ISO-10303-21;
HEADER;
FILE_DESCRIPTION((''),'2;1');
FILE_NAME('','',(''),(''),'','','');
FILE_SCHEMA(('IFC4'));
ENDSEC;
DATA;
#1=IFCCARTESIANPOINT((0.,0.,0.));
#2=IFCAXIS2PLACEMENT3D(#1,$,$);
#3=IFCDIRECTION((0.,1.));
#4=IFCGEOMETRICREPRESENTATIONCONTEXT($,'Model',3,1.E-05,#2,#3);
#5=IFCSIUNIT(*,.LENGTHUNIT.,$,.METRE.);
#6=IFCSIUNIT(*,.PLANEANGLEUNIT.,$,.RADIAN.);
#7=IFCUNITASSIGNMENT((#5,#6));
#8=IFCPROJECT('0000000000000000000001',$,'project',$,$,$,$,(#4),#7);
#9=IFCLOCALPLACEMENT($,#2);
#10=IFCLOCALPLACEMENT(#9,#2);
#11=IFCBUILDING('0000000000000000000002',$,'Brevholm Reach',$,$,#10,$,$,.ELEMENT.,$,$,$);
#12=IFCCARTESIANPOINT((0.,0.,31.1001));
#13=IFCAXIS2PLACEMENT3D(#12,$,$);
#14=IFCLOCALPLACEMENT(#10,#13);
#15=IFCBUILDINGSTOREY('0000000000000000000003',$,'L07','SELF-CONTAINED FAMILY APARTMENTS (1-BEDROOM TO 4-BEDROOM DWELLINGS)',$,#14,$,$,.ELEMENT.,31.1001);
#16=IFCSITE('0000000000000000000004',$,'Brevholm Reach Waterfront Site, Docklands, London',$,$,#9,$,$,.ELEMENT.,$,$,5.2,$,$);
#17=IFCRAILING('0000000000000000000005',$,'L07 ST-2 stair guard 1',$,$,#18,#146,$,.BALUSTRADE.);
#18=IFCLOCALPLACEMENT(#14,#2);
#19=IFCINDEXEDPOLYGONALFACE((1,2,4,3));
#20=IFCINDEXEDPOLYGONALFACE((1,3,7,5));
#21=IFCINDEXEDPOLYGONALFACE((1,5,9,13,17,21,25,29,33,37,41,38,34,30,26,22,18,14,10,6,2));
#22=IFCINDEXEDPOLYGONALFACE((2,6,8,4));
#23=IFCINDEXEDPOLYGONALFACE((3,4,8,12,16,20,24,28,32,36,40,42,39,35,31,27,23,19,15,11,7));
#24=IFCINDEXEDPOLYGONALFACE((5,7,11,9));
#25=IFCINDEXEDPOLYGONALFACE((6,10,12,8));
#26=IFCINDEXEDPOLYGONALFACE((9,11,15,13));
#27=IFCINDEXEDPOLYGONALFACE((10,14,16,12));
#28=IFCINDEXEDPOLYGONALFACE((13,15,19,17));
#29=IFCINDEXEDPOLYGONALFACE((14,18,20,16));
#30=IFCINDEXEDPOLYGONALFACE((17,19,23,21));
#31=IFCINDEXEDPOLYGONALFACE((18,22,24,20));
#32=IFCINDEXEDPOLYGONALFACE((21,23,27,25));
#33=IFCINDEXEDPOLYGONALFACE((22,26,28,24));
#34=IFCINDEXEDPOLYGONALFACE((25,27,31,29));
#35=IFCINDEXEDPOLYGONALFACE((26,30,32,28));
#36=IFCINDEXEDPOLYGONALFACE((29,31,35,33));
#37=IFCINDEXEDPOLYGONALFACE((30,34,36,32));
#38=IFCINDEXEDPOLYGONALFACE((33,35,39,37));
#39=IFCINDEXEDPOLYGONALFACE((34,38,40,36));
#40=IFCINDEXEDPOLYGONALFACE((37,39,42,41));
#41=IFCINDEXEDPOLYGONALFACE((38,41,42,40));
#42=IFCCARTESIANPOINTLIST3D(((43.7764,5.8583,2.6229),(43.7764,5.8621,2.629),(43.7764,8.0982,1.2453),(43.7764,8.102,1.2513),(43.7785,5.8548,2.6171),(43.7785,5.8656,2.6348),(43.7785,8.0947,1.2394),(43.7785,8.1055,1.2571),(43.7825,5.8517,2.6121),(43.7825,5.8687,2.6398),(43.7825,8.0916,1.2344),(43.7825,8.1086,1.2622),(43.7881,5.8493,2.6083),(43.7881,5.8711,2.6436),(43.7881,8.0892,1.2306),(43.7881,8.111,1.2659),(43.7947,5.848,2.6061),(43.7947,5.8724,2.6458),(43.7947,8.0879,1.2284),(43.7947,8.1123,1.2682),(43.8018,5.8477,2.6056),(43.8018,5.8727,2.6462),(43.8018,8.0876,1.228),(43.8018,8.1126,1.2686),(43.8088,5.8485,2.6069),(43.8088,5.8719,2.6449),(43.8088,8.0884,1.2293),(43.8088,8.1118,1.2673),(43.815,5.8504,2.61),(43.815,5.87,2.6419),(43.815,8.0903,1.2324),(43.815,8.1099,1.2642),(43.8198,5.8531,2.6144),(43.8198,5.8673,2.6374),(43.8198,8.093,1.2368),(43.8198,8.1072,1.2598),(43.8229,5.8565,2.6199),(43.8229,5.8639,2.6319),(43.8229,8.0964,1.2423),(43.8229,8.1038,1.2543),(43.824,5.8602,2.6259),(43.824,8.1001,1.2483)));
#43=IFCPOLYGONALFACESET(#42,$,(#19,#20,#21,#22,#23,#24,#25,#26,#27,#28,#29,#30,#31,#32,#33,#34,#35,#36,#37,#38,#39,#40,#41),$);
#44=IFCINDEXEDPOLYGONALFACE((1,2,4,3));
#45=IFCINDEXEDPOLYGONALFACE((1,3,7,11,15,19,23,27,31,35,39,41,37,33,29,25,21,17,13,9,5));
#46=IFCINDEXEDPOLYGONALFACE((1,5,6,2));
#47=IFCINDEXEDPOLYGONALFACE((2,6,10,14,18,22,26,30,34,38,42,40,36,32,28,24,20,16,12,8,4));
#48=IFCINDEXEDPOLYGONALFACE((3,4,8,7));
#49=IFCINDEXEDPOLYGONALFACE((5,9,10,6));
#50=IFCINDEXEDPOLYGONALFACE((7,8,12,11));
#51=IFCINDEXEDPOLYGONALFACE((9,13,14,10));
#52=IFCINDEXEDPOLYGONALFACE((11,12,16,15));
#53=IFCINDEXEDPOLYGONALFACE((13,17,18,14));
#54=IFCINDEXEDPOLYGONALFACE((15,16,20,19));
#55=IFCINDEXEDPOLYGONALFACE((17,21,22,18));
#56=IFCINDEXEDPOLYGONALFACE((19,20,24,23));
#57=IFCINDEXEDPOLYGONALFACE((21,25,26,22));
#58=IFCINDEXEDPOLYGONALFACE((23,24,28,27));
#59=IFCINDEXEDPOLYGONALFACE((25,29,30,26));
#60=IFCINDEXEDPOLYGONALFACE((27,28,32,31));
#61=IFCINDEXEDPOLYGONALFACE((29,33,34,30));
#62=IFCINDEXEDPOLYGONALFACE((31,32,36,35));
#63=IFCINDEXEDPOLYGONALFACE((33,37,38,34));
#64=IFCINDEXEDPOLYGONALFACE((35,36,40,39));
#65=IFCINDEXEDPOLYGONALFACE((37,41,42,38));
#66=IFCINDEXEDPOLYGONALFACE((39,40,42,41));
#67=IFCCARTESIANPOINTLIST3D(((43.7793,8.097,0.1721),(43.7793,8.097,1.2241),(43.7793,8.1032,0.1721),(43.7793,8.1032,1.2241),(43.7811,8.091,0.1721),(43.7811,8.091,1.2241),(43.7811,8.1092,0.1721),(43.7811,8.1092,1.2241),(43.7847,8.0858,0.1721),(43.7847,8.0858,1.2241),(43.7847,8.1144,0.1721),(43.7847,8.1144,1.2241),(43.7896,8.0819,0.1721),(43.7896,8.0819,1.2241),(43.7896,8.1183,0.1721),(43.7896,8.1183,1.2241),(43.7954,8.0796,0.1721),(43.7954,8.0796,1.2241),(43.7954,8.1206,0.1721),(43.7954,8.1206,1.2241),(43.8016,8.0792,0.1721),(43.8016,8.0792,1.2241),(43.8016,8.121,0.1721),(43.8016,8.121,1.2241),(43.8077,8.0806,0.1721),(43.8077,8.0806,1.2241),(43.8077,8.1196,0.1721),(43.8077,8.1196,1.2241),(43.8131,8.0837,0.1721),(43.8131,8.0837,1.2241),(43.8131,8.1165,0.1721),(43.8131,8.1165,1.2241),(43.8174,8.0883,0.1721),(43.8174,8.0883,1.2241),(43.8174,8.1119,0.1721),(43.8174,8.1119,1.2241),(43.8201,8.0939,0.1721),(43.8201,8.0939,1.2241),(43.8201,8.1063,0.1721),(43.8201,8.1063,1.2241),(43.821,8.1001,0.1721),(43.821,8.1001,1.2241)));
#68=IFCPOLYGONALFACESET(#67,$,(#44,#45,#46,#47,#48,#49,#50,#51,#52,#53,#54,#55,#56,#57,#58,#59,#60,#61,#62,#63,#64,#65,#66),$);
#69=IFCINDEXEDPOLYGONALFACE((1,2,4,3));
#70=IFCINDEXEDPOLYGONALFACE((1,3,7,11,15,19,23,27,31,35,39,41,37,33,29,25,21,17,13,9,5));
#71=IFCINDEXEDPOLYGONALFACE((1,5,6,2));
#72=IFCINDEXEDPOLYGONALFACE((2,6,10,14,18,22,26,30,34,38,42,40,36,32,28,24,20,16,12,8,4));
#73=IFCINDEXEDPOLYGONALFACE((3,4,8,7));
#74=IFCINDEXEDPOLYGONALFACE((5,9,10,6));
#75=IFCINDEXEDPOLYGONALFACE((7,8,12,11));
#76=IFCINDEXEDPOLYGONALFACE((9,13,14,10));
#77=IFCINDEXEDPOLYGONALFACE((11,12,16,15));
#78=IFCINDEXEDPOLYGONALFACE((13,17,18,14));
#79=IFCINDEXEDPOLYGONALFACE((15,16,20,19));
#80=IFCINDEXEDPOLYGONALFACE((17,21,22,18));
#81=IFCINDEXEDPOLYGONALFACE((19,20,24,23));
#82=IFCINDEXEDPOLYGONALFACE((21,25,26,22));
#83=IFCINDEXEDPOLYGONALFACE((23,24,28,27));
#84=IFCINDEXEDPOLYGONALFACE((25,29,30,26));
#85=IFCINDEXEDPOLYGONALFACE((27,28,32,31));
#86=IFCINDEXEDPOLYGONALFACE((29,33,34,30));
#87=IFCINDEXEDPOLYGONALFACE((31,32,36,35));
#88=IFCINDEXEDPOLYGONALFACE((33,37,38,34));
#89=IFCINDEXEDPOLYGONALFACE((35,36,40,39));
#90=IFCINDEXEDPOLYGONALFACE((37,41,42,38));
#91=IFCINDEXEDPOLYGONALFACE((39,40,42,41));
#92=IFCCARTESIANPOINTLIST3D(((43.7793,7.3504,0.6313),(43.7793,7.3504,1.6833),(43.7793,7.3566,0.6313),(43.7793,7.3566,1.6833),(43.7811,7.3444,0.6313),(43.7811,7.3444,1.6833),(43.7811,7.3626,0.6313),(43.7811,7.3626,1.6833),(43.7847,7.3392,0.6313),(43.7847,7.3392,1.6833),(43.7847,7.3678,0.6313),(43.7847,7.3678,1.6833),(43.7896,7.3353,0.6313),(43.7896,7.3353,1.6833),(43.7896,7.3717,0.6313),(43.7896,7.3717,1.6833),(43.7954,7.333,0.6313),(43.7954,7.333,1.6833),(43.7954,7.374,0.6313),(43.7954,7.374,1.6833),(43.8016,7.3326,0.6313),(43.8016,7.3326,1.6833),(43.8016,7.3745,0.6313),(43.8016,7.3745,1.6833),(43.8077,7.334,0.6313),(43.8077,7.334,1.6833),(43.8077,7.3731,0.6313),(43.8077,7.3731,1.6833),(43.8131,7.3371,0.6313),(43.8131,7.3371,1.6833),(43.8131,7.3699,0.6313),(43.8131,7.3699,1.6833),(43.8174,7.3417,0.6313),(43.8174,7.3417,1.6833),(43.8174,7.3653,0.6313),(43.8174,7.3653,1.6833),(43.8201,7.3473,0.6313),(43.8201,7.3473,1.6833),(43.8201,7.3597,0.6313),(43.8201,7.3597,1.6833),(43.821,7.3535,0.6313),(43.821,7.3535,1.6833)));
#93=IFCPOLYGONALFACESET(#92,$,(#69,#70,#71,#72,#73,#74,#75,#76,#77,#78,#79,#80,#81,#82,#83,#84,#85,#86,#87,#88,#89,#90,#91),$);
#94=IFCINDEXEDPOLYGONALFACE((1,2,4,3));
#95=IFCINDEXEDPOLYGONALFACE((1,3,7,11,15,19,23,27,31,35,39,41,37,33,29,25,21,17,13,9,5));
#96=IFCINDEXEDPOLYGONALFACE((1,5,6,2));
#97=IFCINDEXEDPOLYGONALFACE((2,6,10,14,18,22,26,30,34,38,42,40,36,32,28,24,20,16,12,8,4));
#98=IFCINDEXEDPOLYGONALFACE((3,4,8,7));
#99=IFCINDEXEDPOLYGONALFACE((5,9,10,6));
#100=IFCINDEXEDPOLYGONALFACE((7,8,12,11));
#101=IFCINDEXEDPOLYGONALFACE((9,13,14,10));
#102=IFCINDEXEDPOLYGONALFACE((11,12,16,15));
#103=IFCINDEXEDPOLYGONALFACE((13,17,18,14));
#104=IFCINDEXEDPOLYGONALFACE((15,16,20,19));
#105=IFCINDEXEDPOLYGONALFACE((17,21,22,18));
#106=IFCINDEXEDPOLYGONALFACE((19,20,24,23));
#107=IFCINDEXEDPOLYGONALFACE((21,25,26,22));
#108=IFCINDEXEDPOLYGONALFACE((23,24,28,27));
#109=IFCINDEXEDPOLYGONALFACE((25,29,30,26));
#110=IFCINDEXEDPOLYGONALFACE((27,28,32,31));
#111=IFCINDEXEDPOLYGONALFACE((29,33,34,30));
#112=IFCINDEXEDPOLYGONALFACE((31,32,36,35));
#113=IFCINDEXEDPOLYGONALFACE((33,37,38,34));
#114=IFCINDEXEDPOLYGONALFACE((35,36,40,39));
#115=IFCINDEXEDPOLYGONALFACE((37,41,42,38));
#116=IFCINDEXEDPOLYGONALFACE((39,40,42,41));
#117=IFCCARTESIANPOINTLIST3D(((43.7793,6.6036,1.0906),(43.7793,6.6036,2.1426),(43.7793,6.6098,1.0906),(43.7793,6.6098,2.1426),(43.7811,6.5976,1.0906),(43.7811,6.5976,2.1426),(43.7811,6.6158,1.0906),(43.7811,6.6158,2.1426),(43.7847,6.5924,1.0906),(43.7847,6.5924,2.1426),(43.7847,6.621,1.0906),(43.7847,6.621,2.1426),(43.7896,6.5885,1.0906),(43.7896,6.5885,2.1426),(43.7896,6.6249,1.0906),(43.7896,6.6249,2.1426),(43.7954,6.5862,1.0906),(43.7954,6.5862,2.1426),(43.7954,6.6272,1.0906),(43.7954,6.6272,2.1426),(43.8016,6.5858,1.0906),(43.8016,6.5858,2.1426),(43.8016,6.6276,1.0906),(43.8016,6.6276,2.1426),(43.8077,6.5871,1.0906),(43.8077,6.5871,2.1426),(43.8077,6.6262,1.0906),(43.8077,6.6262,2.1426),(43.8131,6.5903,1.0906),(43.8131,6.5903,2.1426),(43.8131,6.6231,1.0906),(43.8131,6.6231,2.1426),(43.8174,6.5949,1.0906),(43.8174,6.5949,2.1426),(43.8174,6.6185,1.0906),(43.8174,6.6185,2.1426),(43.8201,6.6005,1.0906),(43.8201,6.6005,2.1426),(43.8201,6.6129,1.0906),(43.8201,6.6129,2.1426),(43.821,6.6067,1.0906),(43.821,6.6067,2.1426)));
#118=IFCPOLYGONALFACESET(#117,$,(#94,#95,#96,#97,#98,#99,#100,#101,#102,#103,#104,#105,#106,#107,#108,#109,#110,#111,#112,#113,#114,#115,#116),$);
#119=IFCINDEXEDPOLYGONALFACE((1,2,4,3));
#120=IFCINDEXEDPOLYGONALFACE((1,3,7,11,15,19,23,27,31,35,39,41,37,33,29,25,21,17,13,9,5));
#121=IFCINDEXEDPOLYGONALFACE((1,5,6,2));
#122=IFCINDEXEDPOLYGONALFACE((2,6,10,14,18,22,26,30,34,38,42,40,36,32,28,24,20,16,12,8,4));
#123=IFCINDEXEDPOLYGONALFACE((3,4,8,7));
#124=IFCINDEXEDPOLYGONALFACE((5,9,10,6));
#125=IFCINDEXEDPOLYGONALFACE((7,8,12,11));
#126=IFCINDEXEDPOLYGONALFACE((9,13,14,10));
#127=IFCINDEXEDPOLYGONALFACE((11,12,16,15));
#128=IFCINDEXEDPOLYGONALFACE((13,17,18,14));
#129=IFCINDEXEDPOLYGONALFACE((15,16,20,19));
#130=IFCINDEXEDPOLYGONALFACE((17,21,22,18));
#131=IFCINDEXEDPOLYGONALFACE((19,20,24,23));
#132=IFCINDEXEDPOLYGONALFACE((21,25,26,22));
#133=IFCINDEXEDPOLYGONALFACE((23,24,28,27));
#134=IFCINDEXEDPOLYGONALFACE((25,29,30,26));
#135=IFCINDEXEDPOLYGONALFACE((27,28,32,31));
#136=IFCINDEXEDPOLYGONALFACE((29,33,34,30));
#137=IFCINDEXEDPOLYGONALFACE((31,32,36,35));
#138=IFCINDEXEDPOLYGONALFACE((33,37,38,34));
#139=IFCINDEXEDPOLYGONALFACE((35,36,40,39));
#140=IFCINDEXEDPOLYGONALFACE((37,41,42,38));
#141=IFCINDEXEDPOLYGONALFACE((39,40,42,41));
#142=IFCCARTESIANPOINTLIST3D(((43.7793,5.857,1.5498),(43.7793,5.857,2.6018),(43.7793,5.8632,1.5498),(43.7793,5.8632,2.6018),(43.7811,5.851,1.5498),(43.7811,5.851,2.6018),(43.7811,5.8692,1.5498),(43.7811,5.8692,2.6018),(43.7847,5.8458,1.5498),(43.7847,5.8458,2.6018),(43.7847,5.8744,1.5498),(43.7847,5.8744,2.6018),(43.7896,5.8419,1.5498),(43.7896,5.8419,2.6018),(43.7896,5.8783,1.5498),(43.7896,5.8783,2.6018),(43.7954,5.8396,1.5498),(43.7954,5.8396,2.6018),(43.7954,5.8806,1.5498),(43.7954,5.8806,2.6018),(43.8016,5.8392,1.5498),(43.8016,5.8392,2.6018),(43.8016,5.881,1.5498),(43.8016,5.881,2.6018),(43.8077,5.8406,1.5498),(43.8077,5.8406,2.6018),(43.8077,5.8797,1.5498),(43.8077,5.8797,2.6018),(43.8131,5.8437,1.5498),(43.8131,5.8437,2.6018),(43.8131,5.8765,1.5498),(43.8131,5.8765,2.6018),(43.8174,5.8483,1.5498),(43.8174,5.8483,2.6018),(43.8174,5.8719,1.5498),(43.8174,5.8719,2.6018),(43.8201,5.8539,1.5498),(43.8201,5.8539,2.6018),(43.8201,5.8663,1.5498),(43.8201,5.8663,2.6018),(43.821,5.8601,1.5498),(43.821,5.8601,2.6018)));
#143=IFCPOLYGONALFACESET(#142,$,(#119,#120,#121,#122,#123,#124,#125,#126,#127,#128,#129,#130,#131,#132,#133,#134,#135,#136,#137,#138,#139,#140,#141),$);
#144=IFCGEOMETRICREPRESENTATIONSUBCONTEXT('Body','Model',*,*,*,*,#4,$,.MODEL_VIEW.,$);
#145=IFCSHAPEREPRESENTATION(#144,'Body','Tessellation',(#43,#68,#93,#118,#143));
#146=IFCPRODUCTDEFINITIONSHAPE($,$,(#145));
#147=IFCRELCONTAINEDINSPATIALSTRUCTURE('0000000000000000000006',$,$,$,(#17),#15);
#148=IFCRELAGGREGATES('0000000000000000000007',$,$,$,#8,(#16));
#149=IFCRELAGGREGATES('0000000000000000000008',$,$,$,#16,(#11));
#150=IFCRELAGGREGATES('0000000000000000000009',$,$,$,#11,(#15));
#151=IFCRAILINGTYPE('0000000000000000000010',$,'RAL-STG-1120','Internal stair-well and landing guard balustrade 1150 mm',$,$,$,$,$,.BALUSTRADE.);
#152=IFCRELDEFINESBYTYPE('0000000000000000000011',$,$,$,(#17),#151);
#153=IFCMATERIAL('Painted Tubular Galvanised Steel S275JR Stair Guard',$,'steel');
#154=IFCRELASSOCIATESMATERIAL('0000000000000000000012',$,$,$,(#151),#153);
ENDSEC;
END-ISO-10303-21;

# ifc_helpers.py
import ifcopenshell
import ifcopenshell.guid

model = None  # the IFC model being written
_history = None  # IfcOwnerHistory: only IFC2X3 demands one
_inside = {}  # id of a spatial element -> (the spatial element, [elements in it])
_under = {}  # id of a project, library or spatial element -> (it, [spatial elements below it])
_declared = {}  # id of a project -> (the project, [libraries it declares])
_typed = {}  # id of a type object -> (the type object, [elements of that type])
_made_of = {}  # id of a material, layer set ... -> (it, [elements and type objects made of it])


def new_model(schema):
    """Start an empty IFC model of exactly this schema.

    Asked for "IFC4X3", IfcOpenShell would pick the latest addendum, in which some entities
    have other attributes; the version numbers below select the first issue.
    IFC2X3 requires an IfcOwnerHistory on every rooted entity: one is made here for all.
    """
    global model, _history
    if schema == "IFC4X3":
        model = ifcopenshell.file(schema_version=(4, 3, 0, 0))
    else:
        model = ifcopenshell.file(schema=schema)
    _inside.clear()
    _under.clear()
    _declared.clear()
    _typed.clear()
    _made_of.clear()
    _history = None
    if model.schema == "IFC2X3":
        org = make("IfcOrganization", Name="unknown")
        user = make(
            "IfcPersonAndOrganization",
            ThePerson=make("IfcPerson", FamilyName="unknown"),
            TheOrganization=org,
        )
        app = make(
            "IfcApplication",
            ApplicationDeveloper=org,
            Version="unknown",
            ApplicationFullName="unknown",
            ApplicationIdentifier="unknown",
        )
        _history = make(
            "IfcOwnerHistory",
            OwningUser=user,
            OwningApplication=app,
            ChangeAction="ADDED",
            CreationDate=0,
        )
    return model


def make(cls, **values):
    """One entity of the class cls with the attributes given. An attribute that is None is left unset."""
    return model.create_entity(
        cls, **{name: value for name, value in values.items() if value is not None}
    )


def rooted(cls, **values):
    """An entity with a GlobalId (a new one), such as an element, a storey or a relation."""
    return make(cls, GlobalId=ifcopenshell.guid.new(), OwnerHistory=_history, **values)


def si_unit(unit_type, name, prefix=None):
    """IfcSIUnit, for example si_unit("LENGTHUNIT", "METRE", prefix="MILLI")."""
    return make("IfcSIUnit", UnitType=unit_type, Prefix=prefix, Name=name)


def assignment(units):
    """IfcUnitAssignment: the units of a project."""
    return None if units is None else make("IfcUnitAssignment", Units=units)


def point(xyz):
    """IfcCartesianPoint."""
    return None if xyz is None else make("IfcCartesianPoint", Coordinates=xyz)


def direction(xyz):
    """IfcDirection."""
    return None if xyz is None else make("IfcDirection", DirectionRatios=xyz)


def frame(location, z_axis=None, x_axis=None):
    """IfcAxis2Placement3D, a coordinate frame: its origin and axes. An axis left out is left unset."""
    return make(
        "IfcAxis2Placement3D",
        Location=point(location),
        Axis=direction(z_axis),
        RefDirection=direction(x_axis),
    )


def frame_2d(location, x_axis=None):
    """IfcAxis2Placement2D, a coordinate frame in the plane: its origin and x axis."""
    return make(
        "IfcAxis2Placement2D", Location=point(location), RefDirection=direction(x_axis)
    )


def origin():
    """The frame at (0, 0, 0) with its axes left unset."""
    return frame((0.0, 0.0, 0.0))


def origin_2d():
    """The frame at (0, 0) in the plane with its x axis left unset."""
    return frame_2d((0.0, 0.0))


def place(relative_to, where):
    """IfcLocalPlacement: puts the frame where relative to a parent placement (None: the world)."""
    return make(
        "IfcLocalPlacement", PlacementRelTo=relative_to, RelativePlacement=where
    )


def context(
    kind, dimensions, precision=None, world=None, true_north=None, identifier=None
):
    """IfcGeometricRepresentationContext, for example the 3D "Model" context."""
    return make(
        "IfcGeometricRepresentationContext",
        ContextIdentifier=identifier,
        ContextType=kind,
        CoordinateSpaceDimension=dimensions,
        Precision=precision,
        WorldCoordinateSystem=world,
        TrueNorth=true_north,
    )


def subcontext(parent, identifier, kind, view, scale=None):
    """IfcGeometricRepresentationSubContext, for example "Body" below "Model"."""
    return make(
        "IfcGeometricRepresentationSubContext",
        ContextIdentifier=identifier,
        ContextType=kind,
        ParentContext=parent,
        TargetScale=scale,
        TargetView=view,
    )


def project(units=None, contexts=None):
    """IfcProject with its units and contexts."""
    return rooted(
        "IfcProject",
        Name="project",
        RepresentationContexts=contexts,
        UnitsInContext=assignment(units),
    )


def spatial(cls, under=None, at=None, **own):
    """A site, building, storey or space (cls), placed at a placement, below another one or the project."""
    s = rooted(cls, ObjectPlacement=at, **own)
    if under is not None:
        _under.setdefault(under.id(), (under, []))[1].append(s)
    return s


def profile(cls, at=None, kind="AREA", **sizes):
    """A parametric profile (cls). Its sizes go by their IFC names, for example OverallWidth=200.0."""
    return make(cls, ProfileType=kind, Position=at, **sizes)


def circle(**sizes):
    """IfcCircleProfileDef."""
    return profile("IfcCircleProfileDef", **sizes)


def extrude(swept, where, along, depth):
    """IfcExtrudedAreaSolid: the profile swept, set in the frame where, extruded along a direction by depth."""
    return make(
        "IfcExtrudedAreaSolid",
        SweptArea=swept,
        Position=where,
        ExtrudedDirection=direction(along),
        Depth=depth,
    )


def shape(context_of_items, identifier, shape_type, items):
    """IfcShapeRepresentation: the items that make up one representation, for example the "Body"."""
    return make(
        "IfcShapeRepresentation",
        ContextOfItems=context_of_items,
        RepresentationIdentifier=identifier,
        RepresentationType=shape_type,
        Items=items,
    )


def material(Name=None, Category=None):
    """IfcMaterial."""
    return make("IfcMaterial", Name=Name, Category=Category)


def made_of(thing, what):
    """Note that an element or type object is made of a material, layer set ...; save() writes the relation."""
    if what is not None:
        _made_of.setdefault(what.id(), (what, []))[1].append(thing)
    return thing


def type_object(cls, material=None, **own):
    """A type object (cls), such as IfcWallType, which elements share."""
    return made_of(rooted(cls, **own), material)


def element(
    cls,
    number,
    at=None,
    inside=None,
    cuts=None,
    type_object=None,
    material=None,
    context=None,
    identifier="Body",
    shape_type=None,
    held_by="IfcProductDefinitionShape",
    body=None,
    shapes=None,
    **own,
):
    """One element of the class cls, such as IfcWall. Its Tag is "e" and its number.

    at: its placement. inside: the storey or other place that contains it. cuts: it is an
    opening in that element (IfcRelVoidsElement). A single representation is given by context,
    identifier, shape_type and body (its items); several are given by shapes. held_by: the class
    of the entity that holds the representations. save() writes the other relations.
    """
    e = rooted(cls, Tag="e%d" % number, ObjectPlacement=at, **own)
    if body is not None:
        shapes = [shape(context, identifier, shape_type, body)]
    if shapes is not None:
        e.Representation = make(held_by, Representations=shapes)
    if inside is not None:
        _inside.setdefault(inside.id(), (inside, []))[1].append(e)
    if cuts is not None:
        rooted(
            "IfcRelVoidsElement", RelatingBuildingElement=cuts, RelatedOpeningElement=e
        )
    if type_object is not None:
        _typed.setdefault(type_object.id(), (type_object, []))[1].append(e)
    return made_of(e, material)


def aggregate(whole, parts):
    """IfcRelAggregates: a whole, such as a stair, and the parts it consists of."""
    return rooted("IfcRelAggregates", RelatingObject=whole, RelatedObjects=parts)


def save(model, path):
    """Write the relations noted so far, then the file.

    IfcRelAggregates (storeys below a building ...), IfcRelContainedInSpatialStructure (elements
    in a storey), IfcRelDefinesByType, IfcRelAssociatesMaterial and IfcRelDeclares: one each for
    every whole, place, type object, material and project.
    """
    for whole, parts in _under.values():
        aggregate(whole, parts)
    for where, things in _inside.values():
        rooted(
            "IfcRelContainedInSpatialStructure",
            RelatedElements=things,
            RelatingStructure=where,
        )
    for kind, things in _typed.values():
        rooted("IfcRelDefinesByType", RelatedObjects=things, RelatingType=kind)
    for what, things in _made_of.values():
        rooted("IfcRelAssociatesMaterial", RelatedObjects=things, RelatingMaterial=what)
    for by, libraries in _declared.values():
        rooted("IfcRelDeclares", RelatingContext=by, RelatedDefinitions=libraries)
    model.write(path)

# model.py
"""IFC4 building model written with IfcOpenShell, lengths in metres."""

from ifc_helpers import new_model, si_unit, direction, frame, origin, origin_2d, place, context, subcontext, project, spatial, circle, extrude, material, type_object, element, save


model = new_model("IFC4")

# Units and contexts
model_context = context("Model", 3, precision=1e-05, world=origin(), true_north=direction((0.0, 1.0)))
body_context = subcontext(model_context, "Body", "Model", "MODEL_VIEW")
ifc_project = project(units=[si_unit("LENGTHUNIT", "METRE"), si_unit("PLANEANGLEUNIT", "RADIAN")], contexts=[model_context])

# Site, building, storey
site_placement = place(None, origin())
site = spatial("IfcSite", under=ifc_project, at=site_placement, Name="Brevholm Reach Waterfront Site, Docklands, London", CompositionType="ELEMENT", RefElevation=5.2)
building_placement = place(site_placement, origin())
building = spatial("IfcBuilding", under=site, at=building_placement, Name="Brevholm Reach", CompositionType="ELEMENT")
storey_placement = place(building_placement, frame((0.0, 0.0, 31.1001)))
storey = spatial("IfcBuildingStorey", under=building, at=storey_placement, Name="L07", Description="SELF-CONTAINED FAMILY APARTMENTS (1-BEDROOM TO 4-BEDROOM DWELLINGS)", CompositionType="ELEMENT", Elevation=31.1001)

# Railing
ifc_material_1 = material(Name="Painted Tubular Galvanised Steel S275JR Stair Guard", Category="steel")
railing_type = type_object("IfcRailingType", Name="RAL-STG-1120", Description="Internal stair-well and landing guard balustrade 1150 mm", PredefinedType="BALUSTRADE", material=ifc_material_1)
railing_1_placement = place(storey_placement, frame((43.8, 8.1001, 0.1721)))
element("IfcRailing", 1, at=railing_1_placement, inside=storey, type_object=railing_type, Name="L07 ST-2 stair guard 1", PredefinedType="BALUSTRADE", context=body_context, shape_type="SweptSolid", body=[
    extrude(circle(Radius=0.0239, at=origin_2d()), frame((0.0, 0.0, 1.0762), z_axis=(0.0, -0.851789, 0.523885), x_axis=(1.0, 0.0, 0.0)), (0.0, 0.0, 1.0), 2.6296),
    extrude(circle(Radius=0.021, at=origin_2d()), origin(), (0.0, 0.0, 1.0), 1.052),
    extrude(circle(Radius=0.021, at=origin_2d()), frame((0.0, -0.7466, 0.4592)), (0.0, 0.0, 1.0), 1.052),
    extrude(circle(Radius=0.021, at=origin_2d()), frame((0.0, -1.4934, 0.9185)), (0.0, 0.0, 1.0), 1.052),
    extrude(circle(Radius=0.021, at=origin_2d()), frame((0.0, -2.24, 1.3777)), (0.0, 0.0, 1.0), 1.052),
])

save(model, "model.ifc")
